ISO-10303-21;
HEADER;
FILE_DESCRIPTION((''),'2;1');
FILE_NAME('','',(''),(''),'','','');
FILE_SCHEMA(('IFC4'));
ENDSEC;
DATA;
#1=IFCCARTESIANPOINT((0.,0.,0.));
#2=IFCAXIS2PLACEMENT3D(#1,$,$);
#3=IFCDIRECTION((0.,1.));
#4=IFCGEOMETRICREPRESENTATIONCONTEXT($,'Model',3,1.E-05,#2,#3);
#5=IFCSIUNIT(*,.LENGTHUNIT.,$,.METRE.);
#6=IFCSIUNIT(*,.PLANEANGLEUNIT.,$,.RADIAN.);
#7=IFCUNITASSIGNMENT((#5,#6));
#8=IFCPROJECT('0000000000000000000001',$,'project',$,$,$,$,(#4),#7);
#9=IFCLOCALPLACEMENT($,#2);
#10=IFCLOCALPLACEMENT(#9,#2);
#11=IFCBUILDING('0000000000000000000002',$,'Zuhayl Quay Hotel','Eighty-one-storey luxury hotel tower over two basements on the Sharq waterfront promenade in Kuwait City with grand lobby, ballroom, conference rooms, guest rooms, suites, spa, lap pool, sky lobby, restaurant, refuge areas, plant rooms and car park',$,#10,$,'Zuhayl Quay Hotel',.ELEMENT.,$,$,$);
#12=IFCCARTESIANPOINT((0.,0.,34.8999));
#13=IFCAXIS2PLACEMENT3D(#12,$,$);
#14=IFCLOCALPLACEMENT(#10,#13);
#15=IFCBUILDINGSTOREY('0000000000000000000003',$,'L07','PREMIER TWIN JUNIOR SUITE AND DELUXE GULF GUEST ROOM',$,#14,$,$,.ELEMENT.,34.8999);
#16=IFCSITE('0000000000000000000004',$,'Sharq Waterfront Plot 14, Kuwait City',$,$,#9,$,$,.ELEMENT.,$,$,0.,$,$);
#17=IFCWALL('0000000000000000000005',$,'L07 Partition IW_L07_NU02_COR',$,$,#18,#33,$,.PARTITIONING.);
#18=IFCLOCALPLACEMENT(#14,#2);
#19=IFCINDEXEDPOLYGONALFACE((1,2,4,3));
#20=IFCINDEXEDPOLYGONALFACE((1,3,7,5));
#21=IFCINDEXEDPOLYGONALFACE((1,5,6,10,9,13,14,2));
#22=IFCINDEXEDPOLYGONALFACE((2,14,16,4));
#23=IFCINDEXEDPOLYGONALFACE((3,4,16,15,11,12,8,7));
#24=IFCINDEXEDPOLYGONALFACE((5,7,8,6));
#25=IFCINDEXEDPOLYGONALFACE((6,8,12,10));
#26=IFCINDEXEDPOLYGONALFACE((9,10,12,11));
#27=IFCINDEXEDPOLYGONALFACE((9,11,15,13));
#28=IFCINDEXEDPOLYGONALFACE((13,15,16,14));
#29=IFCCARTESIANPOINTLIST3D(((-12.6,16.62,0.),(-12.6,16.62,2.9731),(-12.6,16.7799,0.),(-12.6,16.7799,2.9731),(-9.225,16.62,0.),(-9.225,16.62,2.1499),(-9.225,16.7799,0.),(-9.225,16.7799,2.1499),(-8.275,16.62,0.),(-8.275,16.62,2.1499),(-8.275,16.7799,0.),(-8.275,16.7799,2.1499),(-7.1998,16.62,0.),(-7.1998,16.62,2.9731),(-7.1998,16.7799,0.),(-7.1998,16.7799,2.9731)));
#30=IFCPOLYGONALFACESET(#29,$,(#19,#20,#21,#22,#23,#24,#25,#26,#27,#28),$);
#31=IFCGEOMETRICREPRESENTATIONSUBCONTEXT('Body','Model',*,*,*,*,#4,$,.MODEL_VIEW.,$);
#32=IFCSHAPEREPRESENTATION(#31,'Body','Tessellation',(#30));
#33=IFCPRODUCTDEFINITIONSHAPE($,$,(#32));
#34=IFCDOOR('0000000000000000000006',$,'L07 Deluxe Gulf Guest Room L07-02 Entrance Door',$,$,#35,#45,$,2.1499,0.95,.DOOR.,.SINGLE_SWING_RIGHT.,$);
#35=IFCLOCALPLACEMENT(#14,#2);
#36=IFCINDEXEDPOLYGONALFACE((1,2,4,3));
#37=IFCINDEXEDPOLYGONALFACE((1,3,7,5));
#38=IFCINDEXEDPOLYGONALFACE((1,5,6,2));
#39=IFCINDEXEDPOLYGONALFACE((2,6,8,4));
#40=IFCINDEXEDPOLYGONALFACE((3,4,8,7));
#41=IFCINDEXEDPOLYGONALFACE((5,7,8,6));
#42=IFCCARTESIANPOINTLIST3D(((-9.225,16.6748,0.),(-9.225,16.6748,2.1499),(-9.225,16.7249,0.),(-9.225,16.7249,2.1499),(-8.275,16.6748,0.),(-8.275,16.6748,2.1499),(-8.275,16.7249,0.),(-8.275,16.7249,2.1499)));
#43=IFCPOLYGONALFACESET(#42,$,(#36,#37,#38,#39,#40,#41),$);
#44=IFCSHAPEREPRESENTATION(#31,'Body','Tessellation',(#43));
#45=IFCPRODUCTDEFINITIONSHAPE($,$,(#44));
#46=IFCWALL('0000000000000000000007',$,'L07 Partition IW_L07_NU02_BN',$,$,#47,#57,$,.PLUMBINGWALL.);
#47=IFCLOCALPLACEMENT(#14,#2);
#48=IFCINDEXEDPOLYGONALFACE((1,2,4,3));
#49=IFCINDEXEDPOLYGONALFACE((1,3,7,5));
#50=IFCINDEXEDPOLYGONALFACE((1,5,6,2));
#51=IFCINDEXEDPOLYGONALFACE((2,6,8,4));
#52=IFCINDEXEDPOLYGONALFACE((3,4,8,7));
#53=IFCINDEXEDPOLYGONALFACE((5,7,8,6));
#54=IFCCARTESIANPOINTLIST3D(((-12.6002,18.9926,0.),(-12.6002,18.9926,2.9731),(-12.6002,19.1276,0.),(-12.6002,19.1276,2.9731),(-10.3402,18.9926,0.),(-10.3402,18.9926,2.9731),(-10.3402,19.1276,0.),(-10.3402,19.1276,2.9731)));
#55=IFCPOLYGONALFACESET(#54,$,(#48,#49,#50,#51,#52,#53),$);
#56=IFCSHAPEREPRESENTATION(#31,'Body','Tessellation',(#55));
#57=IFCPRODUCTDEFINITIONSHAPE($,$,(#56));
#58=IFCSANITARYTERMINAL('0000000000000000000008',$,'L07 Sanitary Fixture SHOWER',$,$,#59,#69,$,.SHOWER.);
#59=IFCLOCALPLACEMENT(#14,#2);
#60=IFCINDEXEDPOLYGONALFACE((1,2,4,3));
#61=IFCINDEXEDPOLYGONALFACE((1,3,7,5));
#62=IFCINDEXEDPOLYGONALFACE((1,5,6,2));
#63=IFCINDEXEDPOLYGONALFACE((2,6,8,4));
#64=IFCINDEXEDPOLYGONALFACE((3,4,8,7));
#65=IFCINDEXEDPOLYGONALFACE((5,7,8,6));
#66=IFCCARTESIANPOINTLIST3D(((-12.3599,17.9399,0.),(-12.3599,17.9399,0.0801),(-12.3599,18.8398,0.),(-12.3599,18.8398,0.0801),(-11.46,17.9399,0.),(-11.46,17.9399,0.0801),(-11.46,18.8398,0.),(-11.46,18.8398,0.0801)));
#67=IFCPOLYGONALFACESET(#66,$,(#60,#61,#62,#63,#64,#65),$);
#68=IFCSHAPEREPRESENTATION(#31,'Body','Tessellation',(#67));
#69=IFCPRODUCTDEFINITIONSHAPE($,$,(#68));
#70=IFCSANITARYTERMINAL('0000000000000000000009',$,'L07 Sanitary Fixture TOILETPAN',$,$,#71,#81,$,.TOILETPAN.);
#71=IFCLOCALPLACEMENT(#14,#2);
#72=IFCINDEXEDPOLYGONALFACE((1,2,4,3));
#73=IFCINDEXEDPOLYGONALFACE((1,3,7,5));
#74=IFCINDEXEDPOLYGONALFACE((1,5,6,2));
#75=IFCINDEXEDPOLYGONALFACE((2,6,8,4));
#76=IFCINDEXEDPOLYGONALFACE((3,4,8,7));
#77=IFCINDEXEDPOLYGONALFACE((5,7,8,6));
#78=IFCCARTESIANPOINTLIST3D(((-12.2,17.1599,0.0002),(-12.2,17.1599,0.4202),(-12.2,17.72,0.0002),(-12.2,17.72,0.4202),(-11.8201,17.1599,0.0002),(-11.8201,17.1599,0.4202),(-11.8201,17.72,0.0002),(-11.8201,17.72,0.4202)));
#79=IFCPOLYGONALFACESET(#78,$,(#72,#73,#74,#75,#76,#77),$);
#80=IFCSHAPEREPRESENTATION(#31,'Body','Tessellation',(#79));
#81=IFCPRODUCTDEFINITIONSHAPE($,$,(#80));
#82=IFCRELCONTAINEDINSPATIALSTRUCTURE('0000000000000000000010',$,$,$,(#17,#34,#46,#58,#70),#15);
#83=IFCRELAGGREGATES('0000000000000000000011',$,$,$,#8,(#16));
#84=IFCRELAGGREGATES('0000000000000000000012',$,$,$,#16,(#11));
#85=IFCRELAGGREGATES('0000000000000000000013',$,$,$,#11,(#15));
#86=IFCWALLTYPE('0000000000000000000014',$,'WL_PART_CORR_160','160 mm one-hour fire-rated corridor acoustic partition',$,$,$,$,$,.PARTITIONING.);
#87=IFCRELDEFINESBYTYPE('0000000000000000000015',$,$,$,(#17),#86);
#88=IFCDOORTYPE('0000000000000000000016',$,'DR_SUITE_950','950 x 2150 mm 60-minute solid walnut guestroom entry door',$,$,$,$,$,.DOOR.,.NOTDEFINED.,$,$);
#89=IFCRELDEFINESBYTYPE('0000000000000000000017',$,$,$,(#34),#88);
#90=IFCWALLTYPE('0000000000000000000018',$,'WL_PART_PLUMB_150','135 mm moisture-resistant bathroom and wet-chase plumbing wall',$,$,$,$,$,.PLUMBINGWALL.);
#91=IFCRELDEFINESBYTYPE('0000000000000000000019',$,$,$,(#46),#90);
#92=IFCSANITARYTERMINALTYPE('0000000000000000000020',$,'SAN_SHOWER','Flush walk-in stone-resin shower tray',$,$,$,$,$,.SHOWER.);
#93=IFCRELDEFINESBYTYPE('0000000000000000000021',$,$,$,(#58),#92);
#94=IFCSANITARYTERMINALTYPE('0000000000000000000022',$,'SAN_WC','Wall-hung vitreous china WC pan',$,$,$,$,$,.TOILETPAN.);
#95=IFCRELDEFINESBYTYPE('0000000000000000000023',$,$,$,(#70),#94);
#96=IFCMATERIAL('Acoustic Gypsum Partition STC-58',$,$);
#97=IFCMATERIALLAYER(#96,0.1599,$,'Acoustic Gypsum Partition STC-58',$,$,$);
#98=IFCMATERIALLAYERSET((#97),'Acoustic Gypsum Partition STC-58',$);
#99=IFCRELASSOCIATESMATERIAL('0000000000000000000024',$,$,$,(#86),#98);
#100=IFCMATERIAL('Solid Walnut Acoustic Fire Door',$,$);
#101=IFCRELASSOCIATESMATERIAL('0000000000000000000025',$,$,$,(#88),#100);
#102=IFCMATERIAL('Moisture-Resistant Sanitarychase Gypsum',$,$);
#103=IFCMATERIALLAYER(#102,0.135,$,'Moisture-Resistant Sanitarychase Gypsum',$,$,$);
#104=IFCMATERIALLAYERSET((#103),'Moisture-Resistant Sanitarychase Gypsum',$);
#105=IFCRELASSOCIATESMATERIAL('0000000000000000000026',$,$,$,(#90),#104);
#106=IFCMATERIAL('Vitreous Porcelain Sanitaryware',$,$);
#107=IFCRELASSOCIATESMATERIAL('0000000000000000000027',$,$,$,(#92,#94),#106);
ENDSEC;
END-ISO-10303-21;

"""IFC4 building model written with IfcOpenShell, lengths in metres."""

from ifc_helpers import new_model, si_unit, direction, frame, frame_2d, origin, origin_2d, place, context, subcontext, project, spatial, rectangle, extrude, material, layer, layer_set, type_object, element, fill, save


model = new_model("IFC4")

# Units and contexts
model_context = context("Model", 3, precision=1e-05, world=origin(), true_north=direction((0.0, 1.0)))
body_context = subcontext(model_context, "Body", "Model", "MODEL_VIEW")
ifc_project = project(units=[si_unit("LENGTHUNIT", "METRE"), si_unit("PLANEANGLEUNIT", "RADIAN")], contexts=[model_context])

# Site, building, storey
site_placement = place(None, origin())
site = spatial("IfcSite", under=ifc_project, at=site_placement, Name="Sharq Waterfront Plot 14, Kuwait City", CompositionType="ELEMENT", RefElevation=0.0)
building_placement = place(site_placement, origin())
building = spatial("IfcBuilding", under=site, at=building_placement, Name="Zuhayl Quay Hotel", Description="Eighty-one-storey luxury hotel tower over two basements on the Sharq waterfront promenade in Kuwait City with grand lobby, ballroom, conference rooms, guest rooms, suites, spa, lap pool, sky lobby, restaurant, refuge areas, plant rooms and car park", LongName="Zuhayl Quay Hotel", CompositionType="ELEMENT")
storey_placement = place(building_placement, frame((0.0, 0.0, 34.8999)))
storey = spatial("IfcBuildingStorey", under=building, at=storey_placement, Name="L07", Description="PREMIER TWIN JUNIOR SUITE AND DELUXE GULF GUEST ROOM", CompositionType="ELEMENT", Elevation=34.8999)

# Shared definitions
ifc_material_1 = material(Name="Acoustic Gypsum Partition STC-58")

# Wall, opening, door
ifc_layer_1 = layer(ifc_material_1, 0.1599, Name="Acoustic Gypsum Partition STC-58")
ifc_layer_set_1 = layer_set([ifc_layer_1], Name="Acoustic Gypsum Partition STC-58")
wall_type_1 = type_object("IfcWallType", Name="WL_PART_CORR_160", Description="160 mm one-hour fire-rated corridor acoustic partition", PredefinedType="PARTITIONING", material=ifc_layer_set_1)
wall_1_placement = place(storey_placement, frame((-12.6001, 16.7, 0.0), z_axis=(0.0, 0.0, 1.0), x_axis=(1.0, 0.0, 0.0)))
wall_1 = element("IfcWall", 1, at=wall_1_placement, inside=storey, type_object=wall_type_1, Name="L07 Partition IW_L07_NU02_COR", PredefinedType="PARTITIONING", context=body_context, shape_type="SweptSolid", body=[
    extrude(rectangle(XDim=5.4001, YDim=0.1599, at=frame_2d((2.7002, 0.0))), origin(), (0.0, 0.0, 1.0), 2.9731),
])
opening_1_placement = place(wall_1_placement, frame((3.375, 0.0, 0.0)))
opening_1 = element("IfcOpeningElement", 2, at=opening_1_placement, cuts=wall_1, PredefinedType="OPENING", context=body_context, shape_type="SweptSolid", body=[
    extrude(rectangle(XDim=0.95, YDim=2.1499, at=frame_2d((0.4751, 1.075))), frame((0.0, 0.0898, 0.0), z_axis=(0.0, -1.0, 0.0), x_axis=(1.0, 0.0, 0.0)), (0.0, 0.0, 1.0), 0.1799),
])
ifc_material_2 = material(Name="Solid Walnut Acoustic Fire Door")
door_type_1 = type_object("IfcDoorType", Name="DR_SUITE_950", Description="950 x 2150 mm 60-minute solid walnut guestroom entry door", OperationType="NOTDEFINED", PredefinedType="DOOR", material=ifc_material_2)
door_1_placement = place(opening_1_placement, origin())
door_1 = element("IfcDoor", 3, at=door_1_placement, inside=storey, type_object=door_type_1, Name="L07 Deluxe Gulf Guest Room L07-02 Entrance Door", OperationType="SINGLE_SWING_RIGHT", OverallHeight=2.1499, OverallWidth=0.95, PredefinedType="DOOR", context=body_context, shape_type="SweptSolid", body=[
    extrude(rectangle(XDim=0.95, YDim=2.1499, at=frame_2d((0.4751, 1.075))), frame((0.0, 0.0249, 0.0), z_axis=(0.0, -1.0, 0.0), x_axis=(1.0, 0.0, 0.0)), (0.0, 0.0, 1.0), 0.05),
])
fill(opening_1, door_1)

# Wall
ifc_material_3 = material(Name="Moisture-Resistant Sanitarychase Gypsum")
ifc_layer_2 = layer(ifc_material_3, 0.135, Name="Moisture-Resistant Sanitarychase Gypsum")
ifc_layer_set_2 = layer_set([ifc_layer_2], Name="Moisture-Resistant Sanitarychase Gypsum")
wall_type_2 = type_object("IfcWallType", Name="WL_PART_PLUMB_150", Description="135 mm moisture-resistant bathroom and wet-chase plumbing wall", PredefinedType="PLUMBINGWALL", material=ifc_layer_set_2)
wall_2_placement = place(storey_placement, frame((-12.6001, 19.0601, 0.0), z_axis=(0.0, 0.0, 1.0), x_axis=(1.0, 0.0, 0.0)))
element("IfcWall", 4, at=wall_2_placement, inside=storey, type_object=wall_type_2, Name="L07 Partition IW_L07_NU02_BN", PredefinedType="PLUMBINGWALL", context=body_context, shape_type="SweptSolid", body=[
    extrude(rectangle(XDim=2.26, YDim=0.135, at=frame_2d((1.1299, 0.0))), origin(), (0.0, 0.0, 1.0), 2.9731),
])

# Sanitary terminals
ifc_material_4 = material(Name="Vitreous Porcelain Sanitaryware")
sanitary_terminal_type_1 = type_object("IfcSanitaryTerminalType", Name="SAN_SHOWER", Description="Flush walk-in stone-resin shower tray", PredefinedType="SHOWER", material=ifc_material_4)
sanitary_terminal_1_placement = place(storey_placement, frame((-11.9099, 18.3899, 0.0), z_axis=(0.0, 0.0, 1.0), x_axis=(1.0, 0.0, 0.0)))
element("IfcSanitaryTerminal", 5, at=sanitary_terminal_1_placement, inside=storey, type_object=sanitary_terminal_type_1, Name="L07 Sanitary Fixture SHOWER", PredefinedType="SHOWER", context=body_context, shape_type="SweptSolid", body=[
    extrude(rectangle(XDim=0.8999, YDim=0.8999, at=origin_2d()), origin(), (0.0, 0.0, 1.0), 0.0801),
])
sanitary_terminal_type_2 = type_object("IfcSanitaryTerminalType", Name="SAN_WC", Description="Wall-hung vitreous china WC pan", PredefinedType="TOILETPAN", material=ifc_material_4)
sanitary_terminal_2_placement = place(storey_placement, frame((-12.01, 17.4399, 0.0002), z_axis=(0.0, 0.0, 1.0), x_axis=(1.0, 0.0, 0.0)))
element("IfcSanitaryTerminal", 6, at=sanitary_terminal_2_placement, inside=storey, type_object=sanitary_terminal_type_2, Name="L07 Sanitary Fixture TOILETPAN", PredefinedType="TOILETPAN", context=body_context, shape_type="SweptSolid", body=[
    extrude(rectangle(XDim=0.3799, YDim=0.5601, at=origin_2d()), origin(), (0.0, 0.0, 1.0), 0.4199),
])

save(model, "model.ifc")
